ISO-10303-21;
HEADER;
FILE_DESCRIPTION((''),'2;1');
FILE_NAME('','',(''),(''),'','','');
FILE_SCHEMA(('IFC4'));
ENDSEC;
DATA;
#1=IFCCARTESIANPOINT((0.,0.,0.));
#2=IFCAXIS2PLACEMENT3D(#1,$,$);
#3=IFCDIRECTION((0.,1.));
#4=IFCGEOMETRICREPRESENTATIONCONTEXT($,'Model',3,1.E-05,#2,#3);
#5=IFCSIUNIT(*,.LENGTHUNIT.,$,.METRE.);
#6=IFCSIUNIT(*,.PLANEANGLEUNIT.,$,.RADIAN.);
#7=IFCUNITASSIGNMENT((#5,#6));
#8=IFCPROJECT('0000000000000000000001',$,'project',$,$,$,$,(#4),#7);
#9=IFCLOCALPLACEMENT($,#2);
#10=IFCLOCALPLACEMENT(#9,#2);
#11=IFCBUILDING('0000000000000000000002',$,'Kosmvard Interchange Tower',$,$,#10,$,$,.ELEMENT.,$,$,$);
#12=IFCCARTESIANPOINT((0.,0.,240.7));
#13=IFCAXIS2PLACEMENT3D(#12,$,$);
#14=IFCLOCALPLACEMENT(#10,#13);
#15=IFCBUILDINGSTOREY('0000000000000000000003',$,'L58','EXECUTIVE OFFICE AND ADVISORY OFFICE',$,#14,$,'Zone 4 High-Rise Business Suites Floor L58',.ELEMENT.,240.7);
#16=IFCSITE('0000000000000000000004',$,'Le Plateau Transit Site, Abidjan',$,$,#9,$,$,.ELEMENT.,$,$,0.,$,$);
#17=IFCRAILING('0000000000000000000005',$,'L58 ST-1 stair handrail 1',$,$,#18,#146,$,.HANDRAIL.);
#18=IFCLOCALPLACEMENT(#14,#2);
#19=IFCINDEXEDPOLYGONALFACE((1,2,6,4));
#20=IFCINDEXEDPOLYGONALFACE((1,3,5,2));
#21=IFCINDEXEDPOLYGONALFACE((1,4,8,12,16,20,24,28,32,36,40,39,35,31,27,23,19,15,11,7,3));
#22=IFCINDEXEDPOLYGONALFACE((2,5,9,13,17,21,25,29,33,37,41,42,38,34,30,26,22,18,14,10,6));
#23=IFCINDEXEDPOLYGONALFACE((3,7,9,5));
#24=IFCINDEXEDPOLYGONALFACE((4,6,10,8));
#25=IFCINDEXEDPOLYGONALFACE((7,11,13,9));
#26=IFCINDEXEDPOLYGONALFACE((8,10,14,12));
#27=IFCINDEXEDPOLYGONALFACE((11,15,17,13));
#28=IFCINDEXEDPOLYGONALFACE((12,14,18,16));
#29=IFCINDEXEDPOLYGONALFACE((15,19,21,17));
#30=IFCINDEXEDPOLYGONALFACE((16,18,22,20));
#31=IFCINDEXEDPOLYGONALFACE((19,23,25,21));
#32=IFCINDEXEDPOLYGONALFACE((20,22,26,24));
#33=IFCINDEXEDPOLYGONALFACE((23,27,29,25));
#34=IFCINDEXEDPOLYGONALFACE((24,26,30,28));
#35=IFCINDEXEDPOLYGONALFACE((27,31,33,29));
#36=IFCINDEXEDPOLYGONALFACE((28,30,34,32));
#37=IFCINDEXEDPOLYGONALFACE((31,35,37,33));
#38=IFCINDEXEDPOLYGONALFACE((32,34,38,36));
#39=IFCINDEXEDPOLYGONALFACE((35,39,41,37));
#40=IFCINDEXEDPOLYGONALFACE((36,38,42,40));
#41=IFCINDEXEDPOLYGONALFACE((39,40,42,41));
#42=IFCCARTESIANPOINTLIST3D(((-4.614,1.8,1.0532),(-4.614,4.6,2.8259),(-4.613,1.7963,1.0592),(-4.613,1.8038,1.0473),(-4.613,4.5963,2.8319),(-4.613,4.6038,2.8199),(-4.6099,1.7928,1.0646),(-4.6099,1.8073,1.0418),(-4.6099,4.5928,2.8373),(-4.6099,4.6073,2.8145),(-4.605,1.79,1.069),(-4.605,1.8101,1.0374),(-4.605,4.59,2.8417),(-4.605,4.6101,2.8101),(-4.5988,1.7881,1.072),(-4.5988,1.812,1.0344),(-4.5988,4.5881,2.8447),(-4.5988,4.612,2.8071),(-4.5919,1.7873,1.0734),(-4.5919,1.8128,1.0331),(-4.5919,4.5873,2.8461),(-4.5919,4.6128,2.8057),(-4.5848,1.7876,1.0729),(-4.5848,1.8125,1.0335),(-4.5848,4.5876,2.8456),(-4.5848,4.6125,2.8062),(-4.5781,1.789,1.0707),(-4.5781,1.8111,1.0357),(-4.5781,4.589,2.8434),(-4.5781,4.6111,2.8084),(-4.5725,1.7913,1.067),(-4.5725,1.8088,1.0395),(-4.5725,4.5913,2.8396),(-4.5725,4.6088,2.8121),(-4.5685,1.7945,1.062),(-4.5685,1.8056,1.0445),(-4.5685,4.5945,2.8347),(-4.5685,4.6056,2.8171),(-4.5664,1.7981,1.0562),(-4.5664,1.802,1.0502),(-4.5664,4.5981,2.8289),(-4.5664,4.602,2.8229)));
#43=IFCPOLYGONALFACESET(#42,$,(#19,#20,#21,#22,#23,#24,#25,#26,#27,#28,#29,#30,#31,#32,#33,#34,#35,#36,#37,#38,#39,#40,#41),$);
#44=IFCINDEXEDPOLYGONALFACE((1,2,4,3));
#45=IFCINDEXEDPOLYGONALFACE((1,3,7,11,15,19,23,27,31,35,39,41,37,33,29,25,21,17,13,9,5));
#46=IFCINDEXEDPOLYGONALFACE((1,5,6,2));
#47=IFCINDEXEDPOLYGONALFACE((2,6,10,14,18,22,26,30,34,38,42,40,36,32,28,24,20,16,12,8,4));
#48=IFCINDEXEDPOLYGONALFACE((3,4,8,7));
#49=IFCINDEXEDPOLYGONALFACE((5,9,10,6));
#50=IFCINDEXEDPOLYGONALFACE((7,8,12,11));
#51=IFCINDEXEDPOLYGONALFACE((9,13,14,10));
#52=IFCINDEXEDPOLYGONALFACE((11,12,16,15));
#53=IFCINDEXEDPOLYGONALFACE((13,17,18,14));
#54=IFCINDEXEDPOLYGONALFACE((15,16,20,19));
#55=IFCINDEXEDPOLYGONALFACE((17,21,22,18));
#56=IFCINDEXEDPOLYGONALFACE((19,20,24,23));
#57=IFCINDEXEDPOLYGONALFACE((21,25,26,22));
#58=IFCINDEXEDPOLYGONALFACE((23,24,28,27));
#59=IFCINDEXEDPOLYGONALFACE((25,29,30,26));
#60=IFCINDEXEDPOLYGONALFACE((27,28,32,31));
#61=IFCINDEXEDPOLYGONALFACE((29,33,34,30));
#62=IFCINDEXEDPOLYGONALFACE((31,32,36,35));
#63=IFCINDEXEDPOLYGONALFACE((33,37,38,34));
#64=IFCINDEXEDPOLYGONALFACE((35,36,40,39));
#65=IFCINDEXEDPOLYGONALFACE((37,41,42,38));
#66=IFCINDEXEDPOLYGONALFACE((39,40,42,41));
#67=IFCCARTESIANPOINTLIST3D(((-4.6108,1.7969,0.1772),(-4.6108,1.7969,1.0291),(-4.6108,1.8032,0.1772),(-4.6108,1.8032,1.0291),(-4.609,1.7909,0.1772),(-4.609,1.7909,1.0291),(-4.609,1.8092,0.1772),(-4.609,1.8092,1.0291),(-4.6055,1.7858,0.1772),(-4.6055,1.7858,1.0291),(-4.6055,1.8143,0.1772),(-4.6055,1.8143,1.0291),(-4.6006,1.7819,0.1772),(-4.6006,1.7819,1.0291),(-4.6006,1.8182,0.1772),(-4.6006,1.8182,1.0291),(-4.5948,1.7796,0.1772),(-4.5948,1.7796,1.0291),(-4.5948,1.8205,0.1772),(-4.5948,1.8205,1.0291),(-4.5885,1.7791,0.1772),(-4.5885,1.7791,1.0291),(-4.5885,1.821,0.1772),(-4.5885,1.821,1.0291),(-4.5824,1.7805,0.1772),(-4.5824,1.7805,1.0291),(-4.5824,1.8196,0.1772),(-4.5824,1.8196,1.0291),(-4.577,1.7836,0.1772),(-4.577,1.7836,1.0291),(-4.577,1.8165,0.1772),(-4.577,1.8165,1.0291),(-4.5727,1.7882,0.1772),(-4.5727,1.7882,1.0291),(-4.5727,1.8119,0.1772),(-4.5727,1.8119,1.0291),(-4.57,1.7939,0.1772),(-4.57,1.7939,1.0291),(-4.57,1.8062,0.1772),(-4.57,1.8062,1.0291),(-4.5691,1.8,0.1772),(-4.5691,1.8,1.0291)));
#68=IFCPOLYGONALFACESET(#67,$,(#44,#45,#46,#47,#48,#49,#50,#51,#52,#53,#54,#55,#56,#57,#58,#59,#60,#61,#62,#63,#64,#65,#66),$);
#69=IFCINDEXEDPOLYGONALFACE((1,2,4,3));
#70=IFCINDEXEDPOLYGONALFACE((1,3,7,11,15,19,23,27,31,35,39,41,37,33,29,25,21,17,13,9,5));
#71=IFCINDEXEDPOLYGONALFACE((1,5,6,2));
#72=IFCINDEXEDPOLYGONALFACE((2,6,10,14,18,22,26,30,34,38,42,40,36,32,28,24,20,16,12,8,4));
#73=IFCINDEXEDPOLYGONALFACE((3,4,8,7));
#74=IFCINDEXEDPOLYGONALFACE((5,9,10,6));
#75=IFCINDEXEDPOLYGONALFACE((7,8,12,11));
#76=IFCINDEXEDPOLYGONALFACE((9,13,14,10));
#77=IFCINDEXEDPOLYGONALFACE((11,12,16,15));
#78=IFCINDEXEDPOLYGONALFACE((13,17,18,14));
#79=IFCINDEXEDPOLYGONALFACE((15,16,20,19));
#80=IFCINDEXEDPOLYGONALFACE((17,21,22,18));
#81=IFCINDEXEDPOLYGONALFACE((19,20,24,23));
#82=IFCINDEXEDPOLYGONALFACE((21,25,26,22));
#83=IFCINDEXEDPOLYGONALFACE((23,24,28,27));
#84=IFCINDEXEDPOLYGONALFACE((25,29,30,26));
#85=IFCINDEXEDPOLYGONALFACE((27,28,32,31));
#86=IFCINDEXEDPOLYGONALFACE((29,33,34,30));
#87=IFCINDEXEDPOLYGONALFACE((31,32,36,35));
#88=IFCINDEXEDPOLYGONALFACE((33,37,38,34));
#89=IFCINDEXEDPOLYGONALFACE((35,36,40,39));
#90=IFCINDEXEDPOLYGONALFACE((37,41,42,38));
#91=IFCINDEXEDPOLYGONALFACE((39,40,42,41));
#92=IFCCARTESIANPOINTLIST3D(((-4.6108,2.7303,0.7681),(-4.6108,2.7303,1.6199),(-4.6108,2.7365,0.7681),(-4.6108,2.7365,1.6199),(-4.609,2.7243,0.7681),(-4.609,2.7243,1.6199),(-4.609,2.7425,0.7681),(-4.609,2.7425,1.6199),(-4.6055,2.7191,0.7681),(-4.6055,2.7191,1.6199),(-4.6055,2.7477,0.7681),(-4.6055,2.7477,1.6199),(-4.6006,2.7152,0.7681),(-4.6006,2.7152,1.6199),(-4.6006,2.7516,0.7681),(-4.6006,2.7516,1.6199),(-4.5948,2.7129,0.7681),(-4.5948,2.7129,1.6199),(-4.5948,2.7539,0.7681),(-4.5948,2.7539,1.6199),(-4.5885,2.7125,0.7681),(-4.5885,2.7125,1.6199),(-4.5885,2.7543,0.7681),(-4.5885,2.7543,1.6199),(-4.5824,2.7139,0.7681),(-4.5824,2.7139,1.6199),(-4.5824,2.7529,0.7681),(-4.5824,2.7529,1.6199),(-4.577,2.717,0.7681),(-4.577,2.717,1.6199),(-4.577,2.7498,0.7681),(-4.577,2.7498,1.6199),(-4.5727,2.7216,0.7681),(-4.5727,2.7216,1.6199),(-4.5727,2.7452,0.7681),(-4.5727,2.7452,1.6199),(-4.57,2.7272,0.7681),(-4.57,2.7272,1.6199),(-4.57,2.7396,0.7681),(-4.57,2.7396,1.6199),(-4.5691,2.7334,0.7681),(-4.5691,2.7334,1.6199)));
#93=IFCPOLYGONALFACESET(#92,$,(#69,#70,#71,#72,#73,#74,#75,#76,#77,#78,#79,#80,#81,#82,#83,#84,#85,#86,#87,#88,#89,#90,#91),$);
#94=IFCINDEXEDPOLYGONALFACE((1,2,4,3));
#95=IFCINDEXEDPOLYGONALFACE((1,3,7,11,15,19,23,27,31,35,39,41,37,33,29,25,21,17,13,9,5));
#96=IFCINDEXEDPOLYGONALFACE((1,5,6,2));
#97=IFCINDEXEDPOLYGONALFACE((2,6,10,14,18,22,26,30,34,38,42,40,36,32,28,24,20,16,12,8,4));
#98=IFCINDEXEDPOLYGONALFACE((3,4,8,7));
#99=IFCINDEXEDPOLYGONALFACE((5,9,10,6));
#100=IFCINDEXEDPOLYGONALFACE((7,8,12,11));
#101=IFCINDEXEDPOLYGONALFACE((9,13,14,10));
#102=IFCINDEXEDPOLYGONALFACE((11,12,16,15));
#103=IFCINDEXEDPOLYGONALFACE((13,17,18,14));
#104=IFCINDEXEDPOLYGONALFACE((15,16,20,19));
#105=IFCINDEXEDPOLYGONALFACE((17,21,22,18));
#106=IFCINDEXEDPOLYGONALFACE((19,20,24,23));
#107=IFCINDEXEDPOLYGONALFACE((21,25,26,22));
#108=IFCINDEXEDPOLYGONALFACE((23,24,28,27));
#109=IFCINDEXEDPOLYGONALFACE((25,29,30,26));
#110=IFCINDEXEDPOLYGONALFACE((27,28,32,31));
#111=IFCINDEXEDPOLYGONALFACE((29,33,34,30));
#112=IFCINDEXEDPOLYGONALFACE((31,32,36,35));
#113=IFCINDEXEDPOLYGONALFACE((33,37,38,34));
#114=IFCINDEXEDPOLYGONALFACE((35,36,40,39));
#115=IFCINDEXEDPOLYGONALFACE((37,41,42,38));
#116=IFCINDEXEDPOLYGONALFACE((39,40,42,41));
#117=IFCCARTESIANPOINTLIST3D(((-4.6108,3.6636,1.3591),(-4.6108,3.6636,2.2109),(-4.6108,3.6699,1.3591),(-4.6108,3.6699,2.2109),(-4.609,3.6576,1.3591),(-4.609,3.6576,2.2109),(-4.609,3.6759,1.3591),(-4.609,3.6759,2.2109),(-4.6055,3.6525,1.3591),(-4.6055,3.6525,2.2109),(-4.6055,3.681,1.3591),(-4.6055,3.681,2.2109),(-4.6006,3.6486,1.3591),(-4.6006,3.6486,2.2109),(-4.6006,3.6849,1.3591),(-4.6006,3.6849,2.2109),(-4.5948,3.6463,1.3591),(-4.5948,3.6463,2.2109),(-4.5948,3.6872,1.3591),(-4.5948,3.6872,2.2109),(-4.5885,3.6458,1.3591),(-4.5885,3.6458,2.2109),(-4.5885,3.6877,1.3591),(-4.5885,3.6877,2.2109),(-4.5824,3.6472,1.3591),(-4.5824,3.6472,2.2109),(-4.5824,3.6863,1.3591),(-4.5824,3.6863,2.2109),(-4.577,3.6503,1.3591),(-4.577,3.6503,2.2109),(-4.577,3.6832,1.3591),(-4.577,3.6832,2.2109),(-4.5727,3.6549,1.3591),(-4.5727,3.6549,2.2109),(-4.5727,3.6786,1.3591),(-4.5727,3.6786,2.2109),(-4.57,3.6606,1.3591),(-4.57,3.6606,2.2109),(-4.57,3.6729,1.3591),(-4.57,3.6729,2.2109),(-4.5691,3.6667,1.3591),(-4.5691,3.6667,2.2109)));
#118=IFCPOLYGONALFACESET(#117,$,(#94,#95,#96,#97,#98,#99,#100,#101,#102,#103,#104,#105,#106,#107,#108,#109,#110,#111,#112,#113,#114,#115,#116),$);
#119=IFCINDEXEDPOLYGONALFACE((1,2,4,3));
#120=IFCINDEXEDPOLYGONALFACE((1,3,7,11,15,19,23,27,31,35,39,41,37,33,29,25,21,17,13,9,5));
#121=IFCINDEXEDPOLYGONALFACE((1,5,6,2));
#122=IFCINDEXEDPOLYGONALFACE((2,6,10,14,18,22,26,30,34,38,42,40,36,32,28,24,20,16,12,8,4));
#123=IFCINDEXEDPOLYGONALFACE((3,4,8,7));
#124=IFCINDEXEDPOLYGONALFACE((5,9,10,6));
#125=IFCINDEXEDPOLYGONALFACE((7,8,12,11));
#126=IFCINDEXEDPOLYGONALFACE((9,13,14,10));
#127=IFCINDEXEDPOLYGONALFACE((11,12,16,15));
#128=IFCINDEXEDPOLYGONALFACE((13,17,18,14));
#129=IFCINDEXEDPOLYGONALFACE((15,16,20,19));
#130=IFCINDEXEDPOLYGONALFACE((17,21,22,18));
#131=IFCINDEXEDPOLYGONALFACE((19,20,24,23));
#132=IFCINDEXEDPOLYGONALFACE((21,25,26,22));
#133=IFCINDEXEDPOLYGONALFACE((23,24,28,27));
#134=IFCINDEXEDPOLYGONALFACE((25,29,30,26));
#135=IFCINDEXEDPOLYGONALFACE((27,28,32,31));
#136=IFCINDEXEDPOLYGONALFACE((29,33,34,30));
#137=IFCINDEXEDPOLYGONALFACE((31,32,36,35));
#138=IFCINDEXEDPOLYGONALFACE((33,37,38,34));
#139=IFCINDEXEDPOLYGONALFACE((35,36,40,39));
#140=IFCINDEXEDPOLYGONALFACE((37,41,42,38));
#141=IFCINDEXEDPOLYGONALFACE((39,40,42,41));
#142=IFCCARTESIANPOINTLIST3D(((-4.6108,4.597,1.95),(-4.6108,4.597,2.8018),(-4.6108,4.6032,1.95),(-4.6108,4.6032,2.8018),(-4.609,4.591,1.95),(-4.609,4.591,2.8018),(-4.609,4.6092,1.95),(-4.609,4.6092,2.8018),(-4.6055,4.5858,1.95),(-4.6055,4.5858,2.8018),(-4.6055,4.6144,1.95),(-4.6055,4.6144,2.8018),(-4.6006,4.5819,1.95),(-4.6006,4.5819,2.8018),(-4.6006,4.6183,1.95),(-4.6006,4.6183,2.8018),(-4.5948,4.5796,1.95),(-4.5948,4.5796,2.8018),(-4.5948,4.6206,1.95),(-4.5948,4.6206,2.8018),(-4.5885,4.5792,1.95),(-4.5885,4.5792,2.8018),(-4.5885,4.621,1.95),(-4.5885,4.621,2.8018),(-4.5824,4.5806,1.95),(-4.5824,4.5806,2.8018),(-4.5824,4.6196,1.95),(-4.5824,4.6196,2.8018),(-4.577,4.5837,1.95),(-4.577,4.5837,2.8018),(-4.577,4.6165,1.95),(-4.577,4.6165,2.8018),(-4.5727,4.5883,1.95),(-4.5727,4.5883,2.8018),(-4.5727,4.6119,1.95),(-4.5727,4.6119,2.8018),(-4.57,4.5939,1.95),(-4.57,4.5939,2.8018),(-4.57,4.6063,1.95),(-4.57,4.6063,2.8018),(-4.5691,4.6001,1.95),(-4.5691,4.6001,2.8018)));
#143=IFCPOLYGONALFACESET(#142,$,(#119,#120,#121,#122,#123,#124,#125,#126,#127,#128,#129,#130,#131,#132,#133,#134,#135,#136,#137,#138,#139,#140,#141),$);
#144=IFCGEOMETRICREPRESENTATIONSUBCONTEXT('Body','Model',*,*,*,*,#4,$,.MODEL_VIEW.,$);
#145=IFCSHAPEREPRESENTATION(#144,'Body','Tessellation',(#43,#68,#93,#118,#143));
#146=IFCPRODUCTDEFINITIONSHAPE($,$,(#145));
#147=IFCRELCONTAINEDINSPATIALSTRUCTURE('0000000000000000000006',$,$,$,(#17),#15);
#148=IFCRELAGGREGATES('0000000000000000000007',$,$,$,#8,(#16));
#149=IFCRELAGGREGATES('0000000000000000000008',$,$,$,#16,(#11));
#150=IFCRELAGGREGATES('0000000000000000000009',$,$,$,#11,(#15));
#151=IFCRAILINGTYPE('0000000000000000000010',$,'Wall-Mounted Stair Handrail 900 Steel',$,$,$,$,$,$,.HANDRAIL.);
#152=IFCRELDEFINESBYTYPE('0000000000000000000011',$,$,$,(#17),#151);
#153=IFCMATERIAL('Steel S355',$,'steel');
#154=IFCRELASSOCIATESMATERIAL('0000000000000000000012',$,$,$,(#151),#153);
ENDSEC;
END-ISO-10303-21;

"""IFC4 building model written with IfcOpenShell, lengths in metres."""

from ifc_helpers import new_model, si_unit, direction, frame, origin, origin_2d, place, context, subcontext, project, spatial, circle, extrude, source, transform, mapped, material, type_object, element, save


model = new_model("IFC4")

# Units and contexts
model_context = context("Model", 3, precision=1e-05, world=origin(), true_north=direction((0.0, 1.0)))
body_context = subcontext(model_context, "Body", "Model", "MODEL_VIEW")
ifc_project = project(units=[si_unit("LENGTHUNIT", "METRE"), si_unit("PLANEANGLEUNIT", "RADIAN")], contexts=[model_context])

# Site, building, storey
site_placement = place(None, origin())
site = spatial("IfcSite", under=ifc_project, at=site_placement, Name="Le Plateau Transit Site, Abidjan", CompositionType="ELEMENT", RefElevation=0.0)
building_placement = place(site_placement, origin())
building = spatial("IfcBuilding", under=site, at=building_placement, Name="Kosmvard Interchange Tower", CompositionType="ELEMENT")
storey_placement = place(building_placement, frame((0.0, 0.0, 240.7)))
storey = spatial("IfcBuildingStorey", under=building, at=storey_placement, Name="L58", Description="EXECUTIVE OFFICE AND ADVISORY OFFICE", LongName="Zone 4 High-Rise Business Suites Floor L58", CompositionType="ELEMENT", Elevation=240.7)

# Shared definitions
ifc_material_1 = material(Name="Steel S355", Category="steel")

# Railing
railing_type_1 = type_object("IfcRailingType", Name="Wall-Mounted Stair Handrail 900 Steel", PredefinedType="HANDRAIL", material=ifc_material_1)
shared_shape_1 = source(origin(), body_context, "Body", "SweptSolid", [
    extrude(circle(Radius=0.0239, at=origin_2d()), frame((0.0, 0.0, 0.876), z_axis=(0.0, 0.844909, 0.53491), x_axis=(-1.0, 0.0, 0.0)), (0.0, 0.0, 1.0), 3.314),
    extrude(circle(Radius=0.021, at=origin_2d()), origin(), (0.0, 0.0, 1.0), 0.8518),
    extrude(circle(Radius=0.021, at=origin_2d()), frame((0.0, 0.9333, 0.5908)), (0.0, 0.0, 1.0), 0.8518),
    extrude(circle(Radius=0.021, at=origin_2d()), frame((0.0, 1.8667, 1.1819)), (0.0, 0.0, 1.0), 0.8518),
    extrude(circle(Radius=0.021, at=origin_2d()), frame((0.0, 2.8, 1.7727)), (0.0, 0.0, 1.0), 0.8518),
])
railing_1_placement = place(storey_placement, frame((-4.5901, 1.8, 0.1772)))
element("IfcRailing", 1, at=railing_1_placement, inside=storey, type_object=railing_type_1, Name="L58 ST-1 stair handrail 1", PredefinedType="HANDRAIL", context=body_context, shape_type="MappedRepresentation", body=[
    mapped(shared_shape_1, transform((0.0, 0.0, 0.0), scale=1.0)),
])

save(model, "model.ifc")
